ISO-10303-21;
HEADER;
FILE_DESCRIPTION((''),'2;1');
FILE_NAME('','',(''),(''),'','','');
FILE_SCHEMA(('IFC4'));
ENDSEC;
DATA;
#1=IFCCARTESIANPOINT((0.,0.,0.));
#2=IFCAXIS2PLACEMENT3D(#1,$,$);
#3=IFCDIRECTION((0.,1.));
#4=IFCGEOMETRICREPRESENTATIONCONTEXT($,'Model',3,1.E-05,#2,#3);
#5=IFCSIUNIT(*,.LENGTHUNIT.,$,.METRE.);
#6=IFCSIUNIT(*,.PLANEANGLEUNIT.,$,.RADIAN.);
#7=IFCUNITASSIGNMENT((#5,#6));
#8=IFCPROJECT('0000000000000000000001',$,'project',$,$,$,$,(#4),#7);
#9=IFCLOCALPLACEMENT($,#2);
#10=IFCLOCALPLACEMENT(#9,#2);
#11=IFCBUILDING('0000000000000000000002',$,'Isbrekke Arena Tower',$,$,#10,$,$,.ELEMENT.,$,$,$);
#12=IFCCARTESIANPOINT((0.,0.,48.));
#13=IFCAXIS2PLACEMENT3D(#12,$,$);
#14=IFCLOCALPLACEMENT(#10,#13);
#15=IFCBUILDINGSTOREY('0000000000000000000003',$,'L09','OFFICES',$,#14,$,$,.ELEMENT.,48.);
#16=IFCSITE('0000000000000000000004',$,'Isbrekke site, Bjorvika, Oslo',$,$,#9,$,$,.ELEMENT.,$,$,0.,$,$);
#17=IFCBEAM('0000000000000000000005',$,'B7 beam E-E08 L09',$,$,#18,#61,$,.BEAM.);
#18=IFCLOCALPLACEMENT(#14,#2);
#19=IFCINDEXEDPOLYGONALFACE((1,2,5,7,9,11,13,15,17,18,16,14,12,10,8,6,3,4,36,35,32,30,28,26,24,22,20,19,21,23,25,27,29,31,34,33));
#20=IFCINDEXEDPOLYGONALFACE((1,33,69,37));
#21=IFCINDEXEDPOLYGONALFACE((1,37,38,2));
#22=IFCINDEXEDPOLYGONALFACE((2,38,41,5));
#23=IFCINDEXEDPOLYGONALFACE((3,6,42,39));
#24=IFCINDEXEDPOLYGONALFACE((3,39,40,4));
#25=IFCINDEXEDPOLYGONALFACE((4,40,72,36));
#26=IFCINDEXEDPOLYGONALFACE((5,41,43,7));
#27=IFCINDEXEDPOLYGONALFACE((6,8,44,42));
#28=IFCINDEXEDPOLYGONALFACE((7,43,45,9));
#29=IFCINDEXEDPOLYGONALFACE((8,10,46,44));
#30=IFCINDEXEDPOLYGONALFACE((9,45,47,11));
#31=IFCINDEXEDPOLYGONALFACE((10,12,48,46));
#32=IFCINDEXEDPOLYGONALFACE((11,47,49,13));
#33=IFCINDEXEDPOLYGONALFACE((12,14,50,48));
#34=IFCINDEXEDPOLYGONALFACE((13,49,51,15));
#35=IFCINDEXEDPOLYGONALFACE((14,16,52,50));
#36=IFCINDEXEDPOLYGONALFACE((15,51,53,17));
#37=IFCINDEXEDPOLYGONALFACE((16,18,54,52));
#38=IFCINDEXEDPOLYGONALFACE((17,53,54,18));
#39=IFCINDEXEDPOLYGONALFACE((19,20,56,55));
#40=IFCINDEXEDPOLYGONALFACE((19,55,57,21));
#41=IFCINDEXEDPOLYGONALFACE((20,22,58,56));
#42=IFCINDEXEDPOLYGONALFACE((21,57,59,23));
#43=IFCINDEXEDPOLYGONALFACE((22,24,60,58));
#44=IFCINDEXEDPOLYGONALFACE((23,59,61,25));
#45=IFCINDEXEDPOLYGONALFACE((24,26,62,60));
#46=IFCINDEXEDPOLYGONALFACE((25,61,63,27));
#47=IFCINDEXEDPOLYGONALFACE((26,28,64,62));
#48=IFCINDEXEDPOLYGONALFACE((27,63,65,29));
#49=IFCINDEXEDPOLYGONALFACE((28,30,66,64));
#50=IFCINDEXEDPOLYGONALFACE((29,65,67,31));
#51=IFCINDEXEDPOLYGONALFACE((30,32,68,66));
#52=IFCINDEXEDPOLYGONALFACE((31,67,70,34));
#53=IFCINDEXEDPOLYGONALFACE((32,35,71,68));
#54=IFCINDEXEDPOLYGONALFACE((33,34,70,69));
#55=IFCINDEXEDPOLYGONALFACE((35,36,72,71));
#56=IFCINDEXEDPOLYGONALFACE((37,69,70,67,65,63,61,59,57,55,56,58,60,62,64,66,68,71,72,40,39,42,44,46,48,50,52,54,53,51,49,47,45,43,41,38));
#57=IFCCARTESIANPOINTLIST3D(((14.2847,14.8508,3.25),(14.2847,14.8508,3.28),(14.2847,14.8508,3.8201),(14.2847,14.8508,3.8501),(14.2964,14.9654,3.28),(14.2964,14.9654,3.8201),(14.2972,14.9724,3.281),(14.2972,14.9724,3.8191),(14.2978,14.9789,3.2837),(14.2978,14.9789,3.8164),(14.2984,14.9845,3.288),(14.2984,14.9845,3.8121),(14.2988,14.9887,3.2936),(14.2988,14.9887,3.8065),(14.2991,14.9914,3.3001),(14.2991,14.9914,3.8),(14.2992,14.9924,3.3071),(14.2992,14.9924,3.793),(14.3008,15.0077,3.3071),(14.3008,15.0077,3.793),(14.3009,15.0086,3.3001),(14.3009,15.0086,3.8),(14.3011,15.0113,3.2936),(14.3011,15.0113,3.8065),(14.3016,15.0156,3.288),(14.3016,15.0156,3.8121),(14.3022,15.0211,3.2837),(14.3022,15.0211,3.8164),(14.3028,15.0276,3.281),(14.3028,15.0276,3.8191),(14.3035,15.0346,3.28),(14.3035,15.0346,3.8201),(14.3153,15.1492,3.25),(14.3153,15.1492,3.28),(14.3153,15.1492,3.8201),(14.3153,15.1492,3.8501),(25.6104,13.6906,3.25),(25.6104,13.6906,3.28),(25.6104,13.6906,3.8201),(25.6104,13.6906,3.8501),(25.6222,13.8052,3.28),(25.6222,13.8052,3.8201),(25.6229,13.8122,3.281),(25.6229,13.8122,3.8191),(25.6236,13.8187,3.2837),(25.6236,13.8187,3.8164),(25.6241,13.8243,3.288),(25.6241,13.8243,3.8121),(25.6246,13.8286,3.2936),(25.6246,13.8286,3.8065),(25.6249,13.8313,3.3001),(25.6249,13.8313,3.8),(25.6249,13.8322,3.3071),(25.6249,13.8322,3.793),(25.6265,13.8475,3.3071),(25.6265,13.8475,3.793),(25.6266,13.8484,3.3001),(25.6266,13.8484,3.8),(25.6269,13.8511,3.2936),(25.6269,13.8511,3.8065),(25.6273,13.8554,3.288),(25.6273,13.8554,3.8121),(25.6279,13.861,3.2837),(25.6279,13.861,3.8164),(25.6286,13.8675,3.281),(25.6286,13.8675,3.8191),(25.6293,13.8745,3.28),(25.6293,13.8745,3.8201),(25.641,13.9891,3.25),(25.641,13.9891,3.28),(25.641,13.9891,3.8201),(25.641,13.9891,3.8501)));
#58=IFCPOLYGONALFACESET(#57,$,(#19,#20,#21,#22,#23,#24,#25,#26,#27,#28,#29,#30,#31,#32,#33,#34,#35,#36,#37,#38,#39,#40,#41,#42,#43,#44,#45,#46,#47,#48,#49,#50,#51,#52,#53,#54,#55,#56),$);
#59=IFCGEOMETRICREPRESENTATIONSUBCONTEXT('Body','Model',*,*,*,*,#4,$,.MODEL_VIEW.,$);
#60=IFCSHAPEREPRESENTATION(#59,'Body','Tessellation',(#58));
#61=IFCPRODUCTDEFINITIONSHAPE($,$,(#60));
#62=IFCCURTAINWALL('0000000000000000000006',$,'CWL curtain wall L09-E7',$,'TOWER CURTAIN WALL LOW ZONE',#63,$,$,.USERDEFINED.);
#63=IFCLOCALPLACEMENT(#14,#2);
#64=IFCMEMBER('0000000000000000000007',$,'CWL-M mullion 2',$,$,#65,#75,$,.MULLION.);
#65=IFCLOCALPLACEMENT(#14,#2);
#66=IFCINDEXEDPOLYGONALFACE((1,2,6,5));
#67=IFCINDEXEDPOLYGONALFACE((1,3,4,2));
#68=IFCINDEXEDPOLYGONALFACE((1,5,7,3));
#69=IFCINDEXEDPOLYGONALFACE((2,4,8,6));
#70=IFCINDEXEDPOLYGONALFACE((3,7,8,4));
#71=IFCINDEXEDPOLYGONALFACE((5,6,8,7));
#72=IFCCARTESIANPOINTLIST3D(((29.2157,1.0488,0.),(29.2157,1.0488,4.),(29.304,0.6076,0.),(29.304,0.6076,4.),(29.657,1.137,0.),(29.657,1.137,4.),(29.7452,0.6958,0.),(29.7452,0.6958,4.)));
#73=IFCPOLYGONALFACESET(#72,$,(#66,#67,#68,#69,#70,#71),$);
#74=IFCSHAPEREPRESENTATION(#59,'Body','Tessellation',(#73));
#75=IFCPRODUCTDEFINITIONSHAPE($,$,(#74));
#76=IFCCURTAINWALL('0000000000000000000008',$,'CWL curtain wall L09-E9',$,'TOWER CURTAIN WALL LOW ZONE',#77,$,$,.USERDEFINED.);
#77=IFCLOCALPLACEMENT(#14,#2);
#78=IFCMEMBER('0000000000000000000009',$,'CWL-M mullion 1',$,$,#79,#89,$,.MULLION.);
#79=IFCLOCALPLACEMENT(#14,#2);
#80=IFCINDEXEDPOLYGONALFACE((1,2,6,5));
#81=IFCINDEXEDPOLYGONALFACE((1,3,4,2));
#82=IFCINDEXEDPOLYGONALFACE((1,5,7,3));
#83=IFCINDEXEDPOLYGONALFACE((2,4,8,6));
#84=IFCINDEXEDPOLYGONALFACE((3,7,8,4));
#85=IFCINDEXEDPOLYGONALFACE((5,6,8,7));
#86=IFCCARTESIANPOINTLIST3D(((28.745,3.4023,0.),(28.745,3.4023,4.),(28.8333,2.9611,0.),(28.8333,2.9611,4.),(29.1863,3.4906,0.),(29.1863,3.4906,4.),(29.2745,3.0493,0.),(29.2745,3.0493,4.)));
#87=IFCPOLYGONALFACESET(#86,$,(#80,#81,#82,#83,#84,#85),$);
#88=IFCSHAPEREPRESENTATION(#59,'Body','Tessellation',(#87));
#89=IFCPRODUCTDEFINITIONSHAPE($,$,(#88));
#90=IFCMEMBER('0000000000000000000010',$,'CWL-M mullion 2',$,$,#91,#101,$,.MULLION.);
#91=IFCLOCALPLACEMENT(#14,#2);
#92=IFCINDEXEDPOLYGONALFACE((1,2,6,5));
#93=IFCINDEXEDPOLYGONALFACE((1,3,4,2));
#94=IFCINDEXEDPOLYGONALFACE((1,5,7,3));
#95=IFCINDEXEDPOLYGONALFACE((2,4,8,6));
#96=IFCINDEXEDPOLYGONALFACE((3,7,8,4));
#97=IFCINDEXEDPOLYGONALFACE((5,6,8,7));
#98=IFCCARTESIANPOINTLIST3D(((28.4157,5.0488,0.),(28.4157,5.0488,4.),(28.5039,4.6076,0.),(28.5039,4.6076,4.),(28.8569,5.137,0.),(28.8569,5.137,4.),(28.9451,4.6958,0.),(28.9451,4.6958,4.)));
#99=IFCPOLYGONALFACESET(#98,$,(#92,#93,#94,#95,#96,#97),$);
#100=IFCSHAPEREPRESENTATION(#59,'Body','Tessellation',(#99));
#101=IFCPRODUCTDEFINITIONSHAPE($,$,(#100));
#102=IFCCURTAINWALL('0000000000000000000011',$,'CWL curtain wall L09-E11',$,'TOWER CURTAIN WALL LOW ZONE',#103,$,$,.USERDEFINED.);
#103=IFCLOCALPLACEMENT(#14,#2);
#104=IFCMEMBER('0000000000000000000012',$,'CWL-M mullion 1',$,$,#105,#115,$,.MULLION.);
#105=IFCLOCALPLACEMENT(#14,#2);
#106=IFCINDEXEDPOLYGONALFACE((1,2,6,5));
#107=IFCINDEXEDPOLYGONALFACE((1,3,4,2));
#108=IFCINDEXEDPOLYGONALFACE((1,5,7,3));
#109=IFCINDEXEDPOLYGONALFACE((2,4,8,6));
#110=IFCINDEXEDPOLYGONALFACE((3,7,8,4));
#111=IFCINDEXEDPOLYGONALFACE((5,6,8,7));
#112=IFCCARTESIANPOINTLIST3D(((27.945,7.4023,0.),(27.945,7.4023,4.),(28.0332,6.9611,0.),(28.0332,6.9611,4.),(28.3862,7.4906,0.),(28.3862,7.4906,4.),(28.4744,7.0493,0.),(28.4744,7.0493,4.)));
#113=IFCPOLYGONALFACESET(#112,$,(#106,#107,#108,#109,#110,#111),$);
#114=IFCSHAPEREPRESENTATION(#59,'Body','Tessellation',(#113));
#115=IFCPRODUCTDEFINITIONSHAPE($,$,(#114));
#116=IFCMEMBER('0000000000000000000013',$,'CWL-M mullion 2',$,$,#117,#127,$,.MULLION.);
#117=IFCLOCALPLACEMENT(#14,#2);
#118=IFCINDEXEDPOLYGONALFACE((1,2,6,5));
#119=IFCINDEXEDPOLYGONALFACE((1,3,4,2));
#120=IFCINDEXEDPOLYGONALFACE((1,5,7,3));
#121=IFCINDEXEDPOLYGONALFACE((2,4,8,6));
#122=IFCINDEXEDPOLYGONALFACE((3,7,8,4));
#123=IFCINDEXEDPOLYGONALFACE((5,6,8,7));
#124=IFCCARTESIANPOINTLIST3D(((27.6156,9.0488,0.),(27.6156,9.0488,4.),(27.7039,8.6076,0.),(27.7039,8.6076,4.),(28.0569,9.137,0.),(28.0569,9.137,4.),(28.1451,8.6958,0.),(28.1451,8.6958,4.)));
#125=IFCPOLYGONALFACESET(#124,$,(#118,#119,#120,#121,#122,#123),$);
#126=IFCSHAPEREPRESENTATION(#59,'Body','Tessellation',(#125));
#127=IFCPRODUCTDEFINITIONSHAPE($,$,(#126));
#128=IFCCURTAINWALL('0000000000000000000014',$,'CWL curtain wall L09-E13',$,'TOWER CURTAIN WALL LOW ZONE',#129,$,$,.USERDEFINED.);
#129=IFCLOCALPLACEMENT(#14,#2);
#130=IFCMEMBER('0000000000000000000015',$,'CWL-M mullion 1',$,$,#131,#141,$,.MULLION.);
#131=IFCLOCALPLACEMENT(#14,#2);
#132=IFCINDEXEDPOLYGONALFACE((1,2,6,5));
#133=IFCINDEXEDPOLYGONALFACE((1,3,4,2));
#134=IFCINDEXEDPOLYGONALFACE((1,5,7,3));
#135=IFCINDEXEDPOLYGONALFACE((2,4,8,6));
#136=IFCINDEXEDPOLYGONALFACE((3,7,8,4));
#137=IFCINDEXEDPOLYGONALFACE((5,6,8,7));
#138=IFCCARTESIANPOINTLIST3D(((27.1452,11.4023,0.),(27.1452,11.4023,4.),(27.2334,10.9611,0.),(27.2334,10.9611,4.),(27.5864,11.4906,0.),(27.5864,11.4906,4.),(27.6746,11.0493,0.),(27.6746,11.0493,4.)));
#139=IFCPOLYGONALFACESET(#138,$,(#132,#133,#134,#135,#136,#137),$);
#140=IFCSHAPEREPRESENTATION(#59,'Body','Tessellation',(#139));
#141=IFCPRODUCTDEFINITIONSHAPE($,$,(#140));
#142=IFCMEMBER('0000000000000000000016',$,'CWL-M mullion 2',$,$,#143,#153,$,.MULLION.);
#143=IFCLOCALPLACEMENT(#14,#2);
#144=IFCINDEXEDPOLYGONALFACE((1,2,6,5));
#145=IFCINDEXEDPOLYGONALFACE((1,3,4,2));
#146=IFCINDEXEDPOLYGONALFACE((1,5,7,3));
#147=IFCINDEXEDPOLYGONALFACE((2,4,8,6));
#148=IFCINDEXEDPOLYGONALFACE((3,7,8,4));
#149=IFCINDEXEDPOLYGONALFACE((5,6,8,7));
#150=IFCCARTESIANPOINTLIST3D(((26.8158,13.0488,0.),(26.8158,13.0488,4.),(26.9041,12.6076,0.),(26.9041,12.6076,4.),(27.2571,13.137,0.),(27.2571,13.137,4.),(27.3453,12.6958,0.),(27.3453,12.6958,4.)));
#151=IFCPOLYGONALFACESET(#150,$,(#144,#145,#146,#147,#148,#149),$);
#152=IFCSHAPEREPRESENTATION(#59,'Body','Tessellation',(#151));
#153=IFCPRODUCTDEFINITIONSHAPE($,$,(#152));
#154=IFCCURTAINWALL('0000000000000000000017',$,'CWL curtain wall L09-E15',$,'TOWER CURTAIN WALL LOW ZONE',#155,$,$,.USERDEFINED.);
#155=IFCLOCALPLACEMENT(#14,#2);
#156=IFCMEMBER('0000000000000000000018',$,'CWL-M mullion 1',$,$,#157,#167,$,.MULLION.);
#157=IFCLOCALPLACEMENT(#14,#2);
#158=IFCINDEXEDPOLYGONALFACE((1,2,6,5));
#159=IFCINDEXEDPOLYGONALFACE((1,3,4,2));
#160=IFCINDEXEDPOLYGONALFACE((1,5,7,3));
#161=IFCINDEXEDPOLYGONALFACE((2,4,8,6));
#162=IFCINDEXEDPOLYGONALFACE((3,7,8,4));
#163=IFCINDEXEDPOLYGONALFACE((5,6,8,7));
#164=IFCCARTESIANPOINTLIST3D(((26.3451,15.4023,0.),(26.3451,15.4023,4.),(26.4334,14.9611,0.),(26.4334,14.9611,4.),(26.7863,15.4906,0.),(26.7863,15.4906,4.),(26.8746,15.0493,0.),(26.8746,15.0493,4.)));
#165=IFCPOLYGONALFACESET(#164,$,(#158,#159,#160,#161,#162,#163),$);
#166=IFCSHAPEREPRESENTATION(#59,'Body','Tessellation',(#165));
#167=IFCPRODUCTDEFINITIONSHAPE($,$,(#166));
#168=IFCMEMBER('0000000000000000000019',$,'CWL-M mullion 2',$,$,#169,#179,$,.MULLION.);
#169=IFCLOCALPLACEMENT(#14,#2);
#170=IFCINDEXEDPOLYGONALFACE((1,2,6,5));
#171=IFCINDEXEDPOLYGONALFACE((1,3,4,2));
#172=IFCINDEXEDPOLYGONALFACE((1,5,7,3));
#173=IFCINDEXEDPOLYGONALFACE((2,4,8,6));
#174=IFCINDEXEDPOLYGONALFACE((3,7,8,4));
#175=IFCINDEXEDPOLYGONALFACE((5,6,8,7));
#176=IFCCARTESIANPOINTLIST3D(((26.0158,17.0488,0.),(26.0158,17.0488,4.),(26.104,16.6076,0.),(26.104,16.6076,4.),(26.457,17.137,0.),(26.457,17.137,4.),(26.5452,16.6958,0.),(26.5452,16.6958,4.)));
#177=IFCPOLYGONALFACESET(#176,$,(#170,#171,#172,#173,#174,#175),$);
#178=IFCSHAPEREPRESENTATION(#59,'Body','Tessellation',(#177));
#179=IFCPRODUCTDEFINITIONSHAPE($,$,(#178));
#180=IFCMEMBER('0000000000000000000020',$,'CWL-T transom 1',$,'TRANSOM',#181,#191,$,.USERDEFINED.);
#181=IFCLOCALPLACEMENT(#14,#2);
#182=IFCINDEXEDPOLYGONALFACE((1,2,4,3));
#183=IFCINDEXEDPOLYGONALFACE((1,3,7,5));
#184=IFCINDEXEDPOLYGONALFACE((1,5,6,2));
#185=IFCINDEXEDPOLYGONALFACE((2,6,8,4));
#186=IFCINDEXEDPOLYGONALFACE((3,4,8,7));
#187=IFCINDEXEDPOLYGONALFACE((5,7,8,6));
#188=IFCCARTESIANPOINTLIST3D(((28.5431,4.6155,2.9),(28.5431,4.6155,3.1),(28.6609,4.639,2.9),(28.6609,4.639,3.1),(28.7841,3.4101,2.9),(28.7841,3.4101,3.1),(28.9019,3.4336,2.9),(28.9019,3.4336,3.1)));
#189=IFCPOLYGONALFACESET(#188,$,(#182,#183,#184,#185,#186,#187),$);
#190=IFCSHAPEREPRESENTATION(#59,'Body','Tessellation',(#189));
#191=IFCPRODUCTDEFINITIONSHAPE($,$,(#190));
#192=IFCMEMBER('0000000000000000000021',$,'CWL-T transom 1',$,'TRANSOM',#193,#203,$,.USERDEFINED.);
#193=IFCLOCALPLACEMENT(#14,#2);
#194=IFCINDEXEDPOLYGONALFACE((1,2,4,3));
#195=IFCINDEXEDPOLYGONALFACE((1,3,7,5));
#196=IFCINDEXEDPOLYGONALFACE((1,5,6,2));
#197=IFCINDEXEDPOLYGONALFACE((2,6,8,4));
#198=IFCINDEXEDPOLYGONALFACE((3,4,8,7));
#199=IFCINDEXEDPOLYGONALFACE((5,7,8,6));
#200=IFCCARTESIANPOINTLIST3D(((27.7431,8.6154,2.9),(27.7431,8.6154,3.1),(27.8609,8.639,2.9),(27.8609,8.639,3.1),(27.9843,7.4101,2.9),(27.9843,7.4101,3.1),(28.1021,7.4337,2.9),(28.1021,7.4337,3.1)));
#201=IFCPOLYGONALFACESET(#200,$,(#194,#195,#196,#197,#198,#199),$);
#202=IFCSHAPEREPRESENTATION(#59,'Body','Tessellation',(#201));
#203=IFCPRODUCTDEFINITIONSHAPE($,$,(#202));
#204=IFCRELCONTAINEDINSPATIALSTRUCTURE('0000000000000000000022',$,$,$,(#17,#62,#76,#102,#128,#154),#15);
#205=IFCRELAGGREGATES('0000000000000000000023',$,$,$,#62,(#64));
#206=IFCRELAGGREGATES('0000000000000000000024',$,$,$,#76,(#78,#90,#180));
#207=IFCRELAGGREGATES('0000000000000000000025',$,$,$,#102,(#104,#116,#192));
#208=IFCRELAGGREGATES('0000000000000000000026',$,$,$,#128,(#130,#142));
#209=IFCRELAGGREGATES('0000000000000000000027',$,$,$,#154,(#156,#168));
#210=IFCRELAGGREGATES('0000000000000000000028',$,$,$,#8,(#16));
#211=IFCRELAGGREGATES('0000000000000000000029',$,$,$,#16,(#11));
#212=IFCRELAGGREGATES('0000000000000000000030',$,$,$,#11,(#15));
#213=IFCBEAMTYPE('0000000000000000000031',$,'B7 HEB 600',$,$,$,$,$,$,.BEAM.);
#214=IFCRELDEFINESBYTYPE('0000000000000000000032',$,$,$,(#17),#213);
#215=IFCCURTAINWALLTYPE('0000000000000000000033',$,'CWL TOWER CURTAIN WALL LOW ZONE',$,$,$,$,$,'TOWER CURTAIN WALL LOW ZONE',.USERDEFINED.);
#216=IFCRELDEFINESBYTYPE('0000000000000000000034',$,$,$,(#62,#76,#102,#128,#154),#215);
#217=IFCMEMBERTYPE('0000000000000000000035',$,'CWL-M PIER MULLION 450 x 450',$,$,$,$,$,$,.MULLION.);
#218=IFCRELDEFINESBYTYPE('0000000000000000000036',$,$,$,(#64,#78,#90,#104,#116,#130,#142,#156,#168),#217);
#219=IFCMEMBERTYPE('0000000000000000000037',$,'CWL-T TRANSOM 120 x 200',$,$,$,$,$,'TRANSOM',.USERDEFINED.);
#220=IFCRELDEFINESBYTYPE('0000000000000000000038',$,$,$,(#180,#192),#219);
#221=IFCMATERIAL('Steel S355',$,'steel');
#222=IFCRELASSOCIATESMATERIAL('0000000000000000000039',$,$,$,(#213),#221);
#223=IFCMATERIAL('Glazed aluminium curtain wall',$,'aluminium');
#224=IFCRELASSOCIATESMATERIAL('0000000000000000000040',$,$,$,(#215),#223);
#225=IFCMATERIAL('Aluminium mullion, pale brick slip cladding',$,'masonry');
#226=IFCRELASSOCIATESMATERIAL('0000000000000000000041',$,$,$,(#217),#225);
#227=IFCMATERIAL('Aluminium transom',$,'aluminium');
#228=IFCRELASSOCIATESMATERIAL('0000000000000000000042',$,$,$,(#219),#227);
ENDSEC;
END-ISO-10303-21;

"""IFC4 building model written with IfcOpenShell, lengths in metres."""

from ifc_helpers import new_model, si_unit, direction, frame, origin, origin_2d, place, context, subcontext, project, spatial, rectangle, i_section, extrude, material, material_profile, profile_set, type_object, element, aggregate, save


model = new_model("IFC4")

# Units and contexts
model_context = context("Model", 3, precision=1e-05, world=origin(), true_north=direction((0.0, 1.0)))
body_context = subcontext(model_context, "Body", "Model", "MODEL_VIEW")
ifc_project = project(units=[si_unit("LENGTHUNIT", "METRE"), si_unit("PLANEANGLEUNIT", "RADIAN")], contexts=[model_context])

# Site, building, storey
site_placement = place(None, origin())
site = spatial("IfcSite", under=ifc_project, at=site_placement, Name="Isbrekke site, Bjorvika, Oslo", CompositionType="ELEMENT", RefElevation=0.0)
building_placement = place(site_placement, origin())
building = spatial("IfcBuilding", under=site, at=building_placement, Name="Isbrekke Arena Tower", CompositionType="ELEMENT")
storey_placement = place(building_placement, frame((0.0, 0.0, 48.0)))
storey = spatial("IfcBuildingStorey", under=building, at=storey_placement, Name="L09", Description="OFFICES", CompositionType="ELEMENT", Elevation=48.0)

# Beam
ifc_material_1 = material(Name="Steel S355", Category="steel")
ifc_material_profile_1 = material_profile(ifc_material_1, i_section(OverallWidth=0.3, OverallDepth=0.6001, WebThickness=0.0154, FlangeThickness=0.03, FilletRadius=0.0271, at=origin_2d()), Name="HEB 600")
ifc_profile_set_1 = profile_set([ifc_material_profile_1], Name="Steel S355")
beam_type_1 = type_object("IfcBeamType", Name="B7 HEB 600", PredefinedType="BEAM", material=ifc_profile_set_1)
beam_1_placement = place(storey_placement, frame((25.6257, 13.8398, 3.55), z_axis=(-0.994794, 0.101903, 0.0), x_axis=(-0.101903, -0.994794, 0.0)))
element("IfcBeam", 1, at=beam_1_placement, inside=storey, type_object=beam_type_1, Name="B7 beam E-E08 L09", PredefinedType="BEAM", context=body_context, shape_type="SweptSolid", body=[
    extrude(i_section(OverallWidth=0.3, OverallDepth=0.6001, WebThickness=0.0154, FlangeThickness=0.03, FilletRadius=0.0271, at=origin_2d()), origin(), (0.0, 0.0, 1.0), 11.385),
])

# Curtain wall, member
ifc_material_2 = material(Name="Glazed aluminium curtain wall", Category="aluminium")
curtain_wall_type = type_object("IfcCurtainWallType", Name="CWL TOWER CURTAIN WALL LOW ZONE", ElementType="TOWER CURTAIN WALL LOW ZONE", PredefinedType="USERDEFINED", material=ifc_material_2)
curtain_wall_1_placement = place(storey_placement, origin())
curtain_wall_1 = element("IfcCurtainWall", 2, at=curtain_wall_1_placement, inside=storey, type_object=curtain_wall_type, Name="CWL curtain wall L09-E7", ObjectType="TOWER CURTAIN WALL LOW ZONE", PredefinedType="USERDEFINED")
ifc_material_3 = material(Name="Aluminium mullion, pale brick slip cladding", Category="masonry")
ifc_material_profile_2 = material_profile(ifc_material_3, rectangle(XDim=0.45, YDim=0.45, at=origin_2d()), Name="PIER 450X450")
ifc_profile_set_2 = profile_set([ifc_material_profile_2], Name="Aluminium mullion, pale brick slip cladding")
member_type_1 = type_object("IfcMemberType", Name="CWL-M PIER MULLION 450 x 450", PredefinedType="MULLION", material=ifc_profile_set_2)
member_1_placement = place(storey_placement, frame((29.4805, 0.8723, 0.0), z_axis=(0.0, 0.0, 1.0), x_axis=(-0.196116, 0.980581, 0.0)))
member_1 = element("IfcMember", 3, at=member_1_placement, type_object=member_type_1, Name="CWL-M mullion 2", PredefinedType="MULLION", context=body_context, shape_type="SweptSolid", body=[
    extrude(rectangle(XDim=0.45, YDim=0.45, at=origin_2d()), origin(), (0.0, 0.0, 1.0), 4.0),
])

# Curtain walls, members
curtain_wall_2_placement = place(storey_placement, origin())
curtain_wall_2 = element("IfcCurtainWall", 4, at=curtain_wall_2_placement, inside=storey, type_object=curtain_wall_type, Name="CWL curtain wall L09-E9", ObjectType="TOWER CURTAIN WALL LOW ZONE", PredefinedType="USERDEFINED")
member_2_placement = place(storey_placement, frame((29.0098, 3.2258, 0.0), z_axis=(0.0, 0.0, 1.0), x_axis=(-0.196116, 0.980581, 0.0)))
member_2 = element("IfcMember", 5, at=member_2_placement, type_object=member_type_1, Name="CWL-M mullion 1", PredefinedType="MULLION", context=body_context, shape_type="SweptSolid", body=[
    extrude(rectangle(XDim=0.45, YDim=0.45, at=origin_2d()), origin(), (0.0, 0.0, 1.0), 4.0),
])
member_3_placement = place(storey_placement, frame((28.6804, 4.8723, 0.0), z_axis=(0.0, 0.0, 1.0), x_axis=(-0.196116, 0.980581, 0.0)))
member_3 = element("IfcMember", 6, at=member_3_placement, type_object=member_type_1, Name="CWL-M mullion 2", PredefinedType="MULLION", context=body_context, shape_type="SweptSolid", body=[
    extrude(rectangle(XDim=0.45, YDim=0.45, at=origin_2d()), origin(), (0.0, 0.0, 1.0), 4.0),
])
curtain_wall_3_placement = place(storey_placement, origin())
curtain_wall_3 = element("IfcCurtainWall", 7, at=curtain_wall_3_placement, inside=storey, type_object=curtain_wall_type, Name="CWL curtain wall L09-E11", ObjectType="TOWER CURTAIN WALL LOW ZONE", PredefinedType="USERDEFINED")
member_4_placement = place(storey_placement, frame((28.2097, 7.2258, 0.0), z_axis=(0.0, 0.0, 1.0), x_axis=(-0.196116, 0.980581, 0.0)))
member_4 = element("IfcMember", 8, at=member_4_placement, type_object=member_type_1, Name="CWL-M mullion 1", PredefinedType="MULLION", context=body_context, shape_type="SweptSolid", body=[
    extrude(rectangle(XDim=0.45, YDim=0.45, at=origin_2d()), origin(), (0.0, 0.0, 1.0), 4.0),
])
member_5_placement = place(storey_placement, frame((27.8804, 8.8723, 0.0), z_axis=(0.0, 0.0, 1.0), x_axis=(-0.196116, 0.980581, 0.0)))
member_5 = element("IfcMember", 9, at=member_5_placement, type_object=member_type_1, Name="CWL-M mullion 2", PredefinedType="MULLION", context=body_context, shape_type="SweptSolid", body=[
    extrude(rectangle(XDim=0.45, YDim=0.45, at=origin_2d()), origin(), (0.0, 0.0, 1.0), 4.0),
])
curtain_wall_4_placement = place(storey_placement, origin())
curtain_wall_4 = element("IfcCurtainWall", 10, at=curtain_wall_4_placement, inside=storey, type_object=curtain_wall_type, Name="CWL curtain wall L09-E13", ObjectType="TOWER CURTAIN WALL LOW ZONE", PredefinedType="USERDEFINED")
member_6_placement = place(storey_placement, frame((27.4099, 11.2258, 0.0), z_axis=(0.0, 0.0, 1.0), x_axis=(-0.196116, 0.980581, 0.0)))
member_6 = element("IfcMember", 11, at=member_6_placement, type_object=member_type_1, Name="CWL-M mullion 1", PredefinedType="MULLION", context=body_context, shape_type="SweptSolid", body=[
    extrude(rectangle(XDim=0.45, YDim=0.45, at=origin_2d()), origin(), (0.0, 0.0, 1.0), 4.0),
])
member_7_placement = place(storey_placement, frame((27.0806, 12.8723, 0.0), z_axis=(0.0, 0.0, 1.0), x_axis=(-0.196116, 0.980581, 0.0)))
member_7 = element("IfcMember", 12, at=member_7_placement, type_object=member_type_1, Name="CWL-M mullion 2", PredefinedType="MULLION", context=body_context, shape_type="SweptSolid", body=[
    extrude(rectangle(XDim=0.45, YDim=0.45, at=origin_2d()), origin(), (0.0, 0.0, 1.0), 4.0),
])
curtain_wall_5_placement = place(storey_placement, origin())
curtain_wall_5 = element("IfcCurtainWall", 13, at=curtain_wall_5_placement, inside=storey, type_object=curtain_wall_type, Name="CWL curtain wall L09-E15", ObjectType="TOWER CURTAIN WALL LOW ZONE", PredefinedType="USERDEFINED")
member_8_placement = place(storey_placement, frame((26.6099, 15.2258, 0.0), z_axis=(0.0, 0.0, 1.0), x_axis=(-0.196116, 0.980581, 0.0)))
member_8 = element("IfcMember", 14, at=member_8_placement, type_object=member_type_1, Name="CWL-M mullion 1", PredefinedType="MULLION", context=body_context, shape_type="SweptSolid", body=[
    extrude(rectangle(XDim=0.45, YDim=0.45, at=origin_2d()), origin(), (0.0, 0.0, 1.0), 4.0),
])
member_9_placement = place(storey_placement, frame((26.2805, 16.8723, 0.0), z_axis=(0.0, 0.0, 1.0), x_axis=(-0.196116, 0.980581, 0.0)))
member_9 = element("IfcMember", 15, at=member_9_placement, type_object=member_type_1, Name="CWL-M mullion 2", PredefinedType="MULLION", context=body_context, shape_type="SweptSolid", body=[
    extrude(rectangle(XDim=0.45, YDim=0.45, at=origin_2d()), origin(), (0.0, 0.0, 1.0), 4.0),
])

# Members
ifc_material_4 = material(Name="Aluminium transom", Category="aluminium")
ifc_material_profile_3 = material_profile(ifc_material_4, rectangle(XDim=0.1201, YDim=0.2, at=origin_2d()), Name="TRANSOM 120X200")
ifc_profile_set_3 = profile_set([ifc_material_profile_3], Name="Aluminium transom")
member_type_2 = type_object("IfcMemberType", Name="CWL-T TRANSOM 120 x 200", ElementType="TRANSOM", PredefinedType="USERDEFINED", material=ifc_profile_set_3)
member_10_placement = place(storey_placement, frame((28.843, 3.4219, 3.0), z_axis=(-0.19604, 0.980596, 0.0), x_axis=(-0.980596, -0.19604, 0.0)))
member_10 = element("IfcMember", 16, at=member_10_placement, type_object=member_type_2, Name="CWL-T transom 1", ObjectType="TRANSOM", PredefinedType="USERDEFINED", context=body_context, shape_type="SweptSolid", body=[
    extrude(rectangle(XDim=0.1201, YDim=0.2, at=origin_2d()), origin(), (0.0, 0.0, 1.0), 1.2292),
])
member_11_placement = place(storey_placement, frame((28.0432, 7.4219, 3.0), z_axis=(-0.196231, 0.980558, 0.0), x_axis=(-0.980558, -0.196231, 0.0)))
member_11 = element("IfcMember", 17, at=member_11_placement, type_object=member_type_2, Name="CWL-T transom 1", ObjectType="TRANSOM", PredefinedType="USERDEFINED", context=body_context, shape_type="SweptSolid", body=[
    extrude(rectangle(XDim=0.1201, YDim=0.2, at=origin_2d()), origin(), (0.0, 0.0, 1.0), 1.2292),
])

aggregate(curtain_wall_1, [member_1])
aggregate(curtain_wall_2, [member_2, member_3, member_10])
aggregate(curtain_wall_3, [member_4, member_5, member_11])
aggregate(curtain_wall_4, [member_6, member_7])
aggregate(curtain_wall_5, [member_8, member_9])

save(model, "model.ifc")
